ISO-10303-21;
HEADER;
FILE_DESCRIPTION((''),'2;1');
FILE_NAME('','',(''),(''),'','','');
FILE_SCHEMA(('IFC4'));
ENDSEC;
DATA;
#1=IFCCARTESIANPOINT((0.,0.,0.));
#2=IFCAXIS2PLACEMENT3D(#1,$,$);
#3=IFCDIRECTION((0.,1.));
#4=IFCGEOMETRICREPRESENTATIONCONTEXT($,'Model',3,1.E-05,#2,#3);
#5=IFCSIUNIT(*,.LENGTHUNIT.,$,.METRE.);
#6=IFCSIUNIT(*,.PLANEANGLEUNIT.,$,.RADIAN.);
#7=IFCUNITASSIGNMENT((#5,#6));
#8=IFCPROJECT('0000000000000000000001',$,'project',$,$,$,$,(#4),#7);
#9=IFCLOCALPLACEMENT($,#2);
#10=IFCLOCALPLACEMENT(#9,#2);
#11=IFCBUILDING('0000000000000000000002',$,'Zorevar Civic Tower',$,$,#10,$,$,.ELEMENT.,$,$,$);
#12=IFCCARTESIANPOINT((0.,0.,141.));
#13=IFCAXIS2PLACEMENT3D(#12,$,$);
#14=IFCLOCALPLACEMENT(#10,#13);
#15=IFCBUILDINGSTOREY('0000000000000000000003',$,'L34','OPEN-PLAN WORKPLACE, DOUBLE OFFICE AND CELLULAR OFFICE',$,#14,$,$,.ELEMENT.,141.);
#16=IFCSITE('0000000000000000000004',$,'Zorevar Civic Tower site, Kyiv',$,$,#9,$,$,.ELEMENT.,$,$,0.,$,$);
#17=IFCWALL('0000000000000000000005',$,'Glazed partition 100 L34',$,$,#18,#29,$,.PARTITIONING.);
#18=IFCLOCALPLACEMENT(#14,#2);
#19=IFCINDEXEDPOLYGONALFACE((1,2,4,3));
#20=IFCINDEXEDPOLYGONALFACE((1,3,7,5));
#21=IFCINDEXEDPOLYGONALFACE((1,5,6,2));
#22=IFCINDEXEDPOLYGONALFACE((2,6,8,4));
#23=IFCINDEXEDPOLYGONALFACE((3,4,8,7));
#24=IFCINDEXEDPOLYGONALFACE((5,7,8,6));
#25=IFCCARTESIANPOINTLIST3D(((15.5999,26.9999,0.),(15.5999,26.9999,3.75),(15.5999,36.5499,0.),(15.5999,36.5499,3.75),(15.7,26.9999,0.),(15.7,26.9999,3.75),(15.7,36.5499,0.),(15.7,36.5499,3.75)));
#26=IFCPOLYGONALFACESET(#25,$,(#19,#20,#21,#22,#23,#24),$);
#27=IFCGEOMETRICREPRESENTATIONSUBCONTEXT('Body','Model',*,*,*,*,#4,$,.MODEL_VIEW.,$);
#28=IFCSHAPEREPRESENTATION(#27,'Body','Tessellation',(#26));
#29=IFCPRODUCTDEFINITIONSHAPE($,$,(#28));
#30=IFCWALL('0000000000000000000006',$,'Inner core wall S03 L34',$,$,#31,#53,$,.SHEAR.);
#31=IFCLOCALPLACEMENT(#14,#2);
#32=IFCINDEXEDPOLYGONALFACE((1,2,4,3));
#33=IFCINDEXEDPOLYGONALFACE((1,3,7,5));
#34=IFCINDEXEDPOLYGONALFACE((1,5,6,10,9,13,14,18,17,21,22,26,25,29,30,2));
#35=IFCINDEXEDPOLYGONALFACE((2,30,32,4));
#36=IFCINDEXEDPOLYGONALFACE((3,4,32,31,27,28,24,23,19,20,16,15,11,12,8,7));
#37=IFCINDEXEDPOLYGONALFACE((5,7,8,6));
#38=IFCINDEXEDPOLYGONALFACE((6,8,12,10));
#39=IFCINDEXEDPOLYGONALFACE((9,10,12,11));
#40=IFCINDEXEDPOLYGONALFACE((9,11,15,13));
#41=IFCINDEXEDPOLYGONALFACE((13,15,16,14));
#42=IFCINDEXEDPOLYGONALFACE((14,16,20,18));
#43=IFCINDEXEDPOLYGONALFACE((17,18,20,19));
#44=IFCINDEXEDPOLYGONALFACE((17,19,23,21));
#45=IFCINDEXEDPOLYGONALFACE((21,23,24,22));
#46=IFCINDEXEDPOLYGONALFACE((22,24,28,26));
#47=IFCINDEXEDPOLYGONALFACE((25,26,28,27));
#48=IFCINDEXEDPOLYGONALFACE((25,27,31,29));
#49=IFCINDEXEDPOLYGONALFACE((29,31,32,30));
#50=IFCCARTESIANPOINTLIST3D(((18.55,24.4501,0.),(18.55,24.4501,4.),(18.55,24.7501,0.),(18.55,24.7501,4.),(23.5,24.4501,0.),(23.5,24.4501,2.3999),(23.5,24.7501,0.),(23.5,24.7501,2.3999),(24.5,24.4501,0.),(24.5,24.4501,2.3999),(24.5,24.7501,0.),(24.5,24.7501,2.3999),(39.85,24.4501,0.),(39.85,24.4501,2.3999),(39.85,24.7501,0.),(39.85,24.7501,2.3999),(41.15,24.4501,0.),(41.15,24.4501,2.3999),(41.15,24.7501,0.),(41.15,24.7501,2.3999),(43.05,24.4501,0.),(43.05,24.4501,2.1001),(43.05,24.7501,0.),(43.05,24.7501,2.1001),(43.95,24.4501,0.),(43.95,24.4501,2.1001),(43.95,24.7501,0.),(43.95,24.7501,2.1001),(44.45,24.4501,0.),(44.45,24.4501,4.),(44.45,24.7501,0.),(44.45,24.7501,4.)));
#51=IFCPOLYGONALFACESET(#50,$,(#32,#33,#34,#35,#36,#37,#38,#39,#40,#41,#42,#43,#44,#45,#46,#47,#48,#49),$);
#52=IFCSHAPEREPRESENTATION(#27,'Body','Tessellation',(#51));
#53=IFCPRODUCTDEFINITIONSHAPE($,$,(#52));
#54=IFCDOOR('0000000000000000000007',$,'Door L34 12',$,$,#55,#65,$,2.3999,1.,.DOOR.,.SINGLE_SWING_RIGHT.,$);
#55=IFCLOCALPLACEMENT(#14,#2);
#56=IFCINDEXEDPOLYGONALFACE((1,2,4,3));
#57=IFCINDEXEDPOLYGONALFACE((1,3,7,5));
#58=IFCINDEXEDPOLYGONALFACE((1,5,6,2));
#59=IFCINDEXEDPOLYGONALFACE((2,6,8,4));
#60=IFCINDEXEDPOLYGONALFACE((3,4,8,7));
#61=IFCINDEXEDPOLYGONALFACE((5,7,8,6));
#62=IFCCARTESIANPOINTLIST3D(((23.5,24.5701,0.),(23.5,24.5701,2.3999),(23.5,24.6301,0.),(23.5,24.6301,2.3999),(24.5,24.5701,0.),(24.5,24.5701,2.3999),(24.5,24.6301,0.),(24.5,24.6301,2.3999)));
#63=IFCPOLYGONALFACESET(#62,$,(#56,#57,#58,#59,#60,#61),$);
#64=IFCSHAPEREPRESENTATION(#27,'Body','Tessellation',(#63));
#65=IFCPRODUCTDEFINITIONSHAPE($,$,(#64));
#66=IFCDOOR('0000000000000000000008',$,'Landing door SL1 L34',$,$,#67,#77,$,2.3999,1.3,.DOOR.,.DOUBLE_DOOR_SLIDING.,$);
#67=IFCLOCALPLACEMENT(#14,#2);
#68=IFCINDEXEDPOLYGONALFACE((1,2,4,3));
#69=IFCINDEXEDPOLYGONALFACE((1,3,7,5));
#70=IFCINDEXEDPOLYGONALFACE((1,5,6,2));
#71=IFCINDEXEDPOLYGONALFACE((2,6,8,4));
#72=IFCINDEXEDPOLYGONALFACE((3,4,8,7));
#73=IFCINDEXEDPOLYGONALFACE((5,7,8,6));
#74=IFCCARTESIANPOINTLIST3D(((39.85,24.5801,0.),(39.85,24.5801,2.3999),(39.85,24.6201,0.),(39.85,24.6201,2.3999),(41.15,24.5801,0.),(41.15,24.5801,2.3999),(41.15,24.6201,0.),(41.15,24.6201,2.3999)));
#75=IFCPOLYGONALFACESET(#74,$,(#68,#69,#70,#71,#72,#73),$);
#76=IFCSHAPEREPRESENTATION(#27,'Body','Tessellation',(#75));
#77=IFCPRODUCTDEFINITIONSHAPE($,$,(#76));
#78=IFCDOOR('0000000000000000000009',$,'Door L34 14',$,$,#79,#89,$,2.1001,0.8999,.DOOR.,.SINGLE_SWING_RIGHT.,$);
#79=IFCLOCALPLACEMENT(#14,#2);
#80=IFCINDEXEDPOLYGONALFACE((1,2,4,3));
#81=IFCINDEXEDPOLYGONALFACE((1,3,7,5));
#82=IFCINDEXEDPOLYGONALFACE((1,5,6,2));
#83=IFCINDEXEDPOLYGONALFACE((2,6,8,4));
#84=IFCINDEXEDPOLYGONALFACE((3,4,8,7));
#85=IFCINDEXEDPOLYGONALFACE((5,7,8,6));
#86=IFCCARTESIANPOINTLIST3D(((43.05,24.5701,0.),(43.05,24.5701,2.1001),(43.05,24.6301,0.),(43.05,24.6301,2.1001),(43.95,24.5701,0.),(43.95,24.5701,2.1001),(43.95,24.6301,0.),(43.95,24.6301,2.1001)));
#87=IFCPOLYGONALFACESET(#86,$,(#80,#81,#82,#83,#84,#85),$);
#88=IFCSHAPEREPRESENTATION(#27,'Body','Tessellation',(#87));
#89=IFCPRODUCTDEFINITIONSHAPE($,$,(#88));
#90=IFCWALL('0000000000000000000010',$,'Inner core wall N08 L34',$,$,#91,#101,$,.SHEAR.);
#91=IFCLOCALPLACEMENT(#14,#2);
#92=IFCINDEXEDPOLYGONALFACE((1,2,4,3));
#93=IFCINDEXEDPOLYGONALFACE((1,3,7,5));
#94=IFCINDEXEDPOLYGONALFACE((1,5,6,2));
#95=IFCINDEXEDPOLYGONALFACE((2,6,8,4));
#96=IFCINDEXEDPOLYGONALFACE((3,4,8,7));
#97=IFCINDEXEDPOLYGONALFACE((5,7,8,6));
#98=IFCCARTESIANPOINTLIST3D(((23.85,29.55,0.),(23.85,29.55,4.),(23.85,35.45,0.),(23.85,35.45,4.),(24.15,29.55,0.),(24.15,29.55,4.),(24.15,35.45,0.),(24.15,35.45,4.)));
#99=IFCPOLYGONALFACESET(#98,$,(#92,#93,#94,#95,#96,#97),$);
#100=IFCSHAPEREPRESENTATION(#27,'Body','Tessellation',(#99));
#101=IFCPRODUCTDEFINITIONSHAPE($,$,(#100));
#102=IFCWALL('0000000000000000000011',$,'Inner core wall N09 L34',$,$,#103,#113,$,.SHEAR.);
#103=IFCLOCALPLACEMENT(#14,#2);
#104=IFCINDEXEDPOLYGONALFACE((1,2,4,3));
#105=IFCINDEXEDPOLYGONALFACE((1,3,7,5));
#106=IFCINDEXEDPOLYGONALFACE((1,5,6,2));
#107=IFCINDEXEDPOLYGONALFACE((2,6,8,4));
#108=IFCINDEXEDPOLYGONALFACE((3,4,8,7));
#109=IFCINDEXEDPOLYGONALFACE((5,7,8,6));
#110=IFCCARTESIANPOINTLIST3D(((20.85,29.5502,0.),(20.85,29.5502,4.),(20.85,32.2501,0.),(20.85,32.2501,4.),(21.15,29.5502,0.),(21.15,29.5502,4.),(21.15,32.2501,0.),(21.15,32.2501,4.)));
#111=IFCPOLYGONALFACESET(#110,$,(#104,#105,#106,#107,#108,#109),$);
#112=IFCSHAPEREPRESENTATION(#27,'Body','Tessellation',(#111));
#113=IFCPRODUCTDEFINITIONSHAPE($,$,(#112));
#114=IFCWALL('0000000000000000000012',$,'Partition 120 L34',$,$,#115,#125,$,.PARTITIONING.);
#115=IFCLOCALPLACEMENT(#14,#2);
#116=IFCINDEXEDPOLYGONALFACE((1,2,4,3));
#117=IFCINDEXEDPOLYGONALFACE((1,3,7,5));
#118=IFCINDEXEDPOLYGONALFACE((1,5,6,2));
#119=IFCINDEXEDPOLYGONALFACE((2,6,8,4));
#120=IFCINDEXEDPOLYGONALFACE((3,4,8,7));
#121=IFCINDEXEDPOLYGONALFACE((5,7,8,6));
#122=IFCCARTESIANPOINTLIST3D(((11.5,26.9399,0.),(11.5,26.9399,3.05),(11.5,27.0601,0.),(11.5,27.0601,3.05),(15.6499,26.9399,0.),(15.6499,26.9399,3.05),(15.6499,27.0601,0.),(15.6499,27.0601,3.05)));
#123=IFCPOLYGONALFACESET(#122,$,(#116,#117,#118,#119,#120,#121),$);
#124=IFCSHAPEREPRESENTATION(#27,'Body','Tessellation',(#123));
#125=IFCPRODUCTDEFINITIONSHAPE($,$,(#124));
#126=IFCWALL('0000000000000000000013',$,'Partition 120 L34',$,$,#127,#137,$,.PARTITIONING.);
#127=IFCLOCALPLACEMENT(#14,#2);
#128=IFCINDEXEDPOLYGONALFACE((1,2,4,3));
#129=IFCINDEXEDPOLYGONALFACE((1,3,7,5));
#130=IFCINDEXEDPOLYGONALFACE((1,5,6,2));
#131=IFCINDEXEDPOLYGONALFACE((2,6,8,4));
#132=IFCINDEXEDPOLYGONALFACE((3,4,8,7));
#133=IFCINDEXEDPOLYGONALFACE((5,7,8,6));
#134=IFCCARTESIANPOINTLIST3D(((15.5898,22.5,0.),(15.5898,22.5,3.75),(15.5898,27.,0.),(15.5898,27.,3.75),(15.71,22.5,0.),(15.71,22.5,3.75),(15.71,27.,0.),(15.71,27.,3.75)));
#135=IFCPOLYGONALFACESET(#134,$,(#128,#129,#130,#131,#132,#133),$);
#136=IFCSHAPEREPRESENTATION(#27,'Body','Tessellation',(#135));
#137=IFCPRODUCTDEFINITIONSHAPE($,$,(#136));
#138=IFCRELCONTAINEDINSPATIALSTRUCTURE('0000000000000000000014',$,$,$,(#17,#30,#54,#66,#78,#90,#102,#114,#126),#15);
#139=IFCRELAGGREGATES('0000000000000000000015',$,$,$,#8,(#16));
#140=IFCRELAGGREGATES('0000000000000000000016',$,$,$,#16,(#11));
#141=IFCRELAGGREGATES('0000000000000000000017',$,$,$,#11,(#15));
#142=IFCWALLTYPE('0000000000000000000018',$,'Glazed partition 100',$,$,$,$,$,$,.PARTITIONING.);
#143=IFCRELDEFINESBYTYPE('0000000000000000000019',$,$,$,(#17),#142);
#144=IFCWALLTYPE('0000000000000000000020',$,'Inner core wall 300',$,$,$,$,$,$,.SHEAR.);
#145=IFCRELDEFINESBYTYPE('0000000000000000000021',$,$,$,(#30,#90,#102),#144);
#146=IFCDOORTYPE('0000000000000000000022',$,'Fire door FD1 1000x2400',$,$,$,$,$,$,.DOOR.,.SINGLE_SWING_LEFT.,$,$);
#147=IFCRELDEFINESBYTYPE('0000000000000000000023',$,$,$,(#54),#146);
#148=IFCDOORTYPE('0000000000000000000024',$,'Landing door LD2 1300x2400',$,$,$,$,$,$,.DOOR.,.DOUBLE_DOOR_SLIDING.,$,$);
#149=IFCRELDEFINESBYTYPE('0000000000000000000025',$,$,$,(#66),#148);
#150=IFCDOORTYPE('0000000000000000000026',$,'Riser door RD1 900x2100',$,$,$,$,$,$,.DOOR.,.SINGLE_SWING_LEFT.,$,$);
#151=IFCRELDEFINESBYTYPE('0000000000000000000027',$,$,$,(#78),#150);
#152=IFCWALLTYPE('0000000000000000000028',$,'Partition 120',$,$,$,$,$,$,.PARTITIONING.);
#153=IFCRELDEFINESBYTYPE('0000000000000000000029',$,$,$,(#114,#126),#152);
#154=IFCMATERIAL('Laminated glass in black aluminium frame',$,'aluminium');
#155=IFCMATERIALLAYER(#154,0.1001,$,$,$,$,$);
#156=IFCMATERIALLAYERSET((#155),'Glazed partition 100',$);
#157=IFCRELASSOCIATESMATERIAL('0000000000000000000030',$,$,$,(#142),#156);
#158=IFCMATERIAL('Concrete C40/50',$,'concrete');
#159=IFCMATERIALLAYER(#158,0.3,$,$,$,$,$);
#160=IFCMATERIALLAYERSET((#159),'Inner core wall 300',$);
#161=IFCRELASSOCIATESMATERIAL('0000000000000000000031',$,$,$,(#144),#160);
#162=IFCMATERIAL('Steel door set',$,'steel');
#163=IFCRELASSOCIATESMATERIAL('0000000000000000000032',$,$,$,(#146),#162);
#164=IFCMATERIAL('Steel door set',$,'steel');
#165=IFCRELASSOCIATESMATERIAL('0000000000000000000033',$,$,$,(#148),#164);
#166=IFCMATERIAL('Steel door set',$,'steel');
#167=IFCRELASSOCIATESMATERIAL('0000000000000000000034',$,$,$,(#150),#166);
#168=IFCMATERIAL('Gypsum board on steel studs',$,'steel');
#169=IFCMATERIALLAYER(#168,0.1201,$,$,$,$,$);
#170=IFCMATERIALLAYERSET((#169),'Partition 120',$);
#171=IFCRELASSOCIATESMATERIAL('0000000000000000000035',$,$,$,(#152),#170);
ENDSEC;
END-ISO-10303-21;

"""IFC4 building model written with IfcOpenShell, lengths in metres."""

from ifc_helpers import new_model, si_unit, direction, frame, frame_2d, origin, place, context, subcontext, project, spatial, rectangle, extrude, material, layer, layer_set, type_object, element, fill, save


model = new_model("IFC4")

# Units and contexts
model_context = context("Model", 3, precision=1e-05, world=origin(), true_north=direction((0.0, 1.0)))
body_context = subcontext(model_context, "Body", "Model", "MODEL_VIEW")
ifc_project = project(units=[si_unit("LENGTHUNIT", "METRE"), si_unit("PLANEANGLEUNIT", "RADIAN")], contexts=[model_context])

# Site, building, storey
site_placement = place(None, origin())
site = spatial("IfcSite", under=ifc_project, at=site_placement, Name="Zorevar Civic Tower site, Kyiv", CompositionType="ELEMENT", RefElevation=0.0)
building_placement = place(site_placement, origin())
building = spatial("IfcBuilding", under=site, at=building_placement, Name="Zorevar Civic Tower", CompositionType="ELEMENT")
storey_placement = place(building_placement, frame((0.0, 0.0, 141.0)))
storey = spatial("IfcBuildingStorey", under=building, at=storey_placement, Name="L34", Description="OPEN-PLAN WORKPLACE, DOUBLE OFFICE AND CELLULAR OFFICE", CompositionType="ELEMENT", Elevation=141.0)

# Wall
ifc_material_1 = material(Name="Laminated glass in black aluminium frame", Category="aluminium")
ifc_layer_1 = layer(ifc_material_1, 0.1001)
ifc_layer_set_1 = layer_set([ifc_layer_1], Name="Glazed partition 100")
wall_type_1 = type_object("IfcWallType", Name="Glazed partition 100", PredefinedType="PARTITIONING", material=ifc_layer_set_1)
wall_1_placement = place(storey_placement, frame((15.6499, 27.0, 0.0), z_axis=(0.0, 0.0, 1.0), x_axis=(0.0, 1.0, 0.0)))
element("IfcWall", 1, at=wall_1_placement, inside=storey, type_object=wall_type_1, Name="Glazed partition 100 L34", PredefinedType="PARTITIONING", context=body_context, shape_type="SweptSolid", body=[
    extrude(rectangle(XDim=9.55, YDim=0.1001, at=frame_2d((4.7749, 0.0))), origin(), (0.0, 0.0, 1.0), 3.75),
])

# Wall, openings, doors
ifc_material_2 = material(Name="Concrete C40/50", Category="concrete")
ifc_layer_2 = layer(ifc_material_2, 0.3)
ifc_layer_set_2 = layer_set([ifc_layer_2], Name="Inner core wall 300")
wall_type_2 = type_object("IfcWallType", Name="Inner core wall 300", PredefinedType="SHEAR", material=ifc_layer_set_2)
wall_2_placement = place(storey_placement, frame((18.55, 24.6001, 0.0), z_axis=(0.0, 0.0, 1.0), x_axis=(1.0, 0.0, 0.0)))
wall_2 = element("IfcWall", 2, at=wall_2_placement, inside=storey, type_object=wall_type_2, Name="Inner core wall S03 L34", PredefinedType="SHEAR", context=body_context, shape_type="SweptSolid", body=[
    extrude(rectangle(XDim=25.8999, YDim=0.3, at=frame_2d((12.95, 0.0))), origin(), (0.0, 0.0, 1.0), 4.0),
])
opening_1_placement = place(wall_2_placement, frame((4.95, 0.0, 0.0)))
opening_1 = element("IfcOpeningElement", 3, at=opening_1_placement, cuts=wall_2, PredefinedType="OPENING", context=body_context, shape_type="SweptSolid", body=[
    extrude(rectangle(XDim=1.0, YDim=2.3999, at=frame_2d((0.5, 1.2))), frame((0.0, 0.1599, 0.0), z_axis=(0.0, -1.0, 0.0), x_axis=(1.0, 0.0, 0.0)), (0.0, 0.0, 1.0), 0.3201),
])
opening_2_placement = place(wall_2_placement, frame((24.5, 0.0, 0.0)))
opening_2 = element("IfcOpeningElement", 4, at=opening_2_placement, cuts=wall_2, PredefinedType="OPENING", context=body_context, shape_type="SweptSolid", body=[
    extrude(rectangle(XDim=0.8999, YDim=2.1001, at=frame_2d((0.45, 1.05))), frame((0.0, 0.1599, 0.0), z_axis=(0.0, -1.0, 0.0), x_axis=(1.0, 0.0, 0.0)), (0.0, 0.0, 1.0), 0.3201),
])
opening_3_placement = place(wall_2_placement, frame((21.3, 0.0, 0.0)))
opening_3 = element("IfcOpeningElement", 5, at=opening_3_placement, cuts=wall_2, PredefinedType="OPENING", context=body_context, shape_type="SweptSolid", body=[
    extrude(rectangle(XDim=1.3, YDim=2.3999, at=frame_2d((0.6499, 1.2))), frame((0.0, 0.1599, 0.0), z_axis=(0.0, -1.0, 0.0), x_axis=(1.0, 0.0, 0.0)), (0.0, 0.0, 1.0), 0.3201),
])
ifc_material_3 = material(Name="Steel door set", Category="steel")
door_type_1 = type_object("IfcDoorType", Name="Fire door FD1 1000x2400", OperationType="SINGLE_SWING_LEFT", PredefinedType="DOOR", material=ifc_material_3)
door_1_placement = place(opening_1_placement, origin())
door_1 = element("IfcDoor", 6, at=door_1_placement, inside=storey, type_object=door_type_1, Name="Door L34 12", OperationType="SINGLE_SWING_RIGHT", OverallHeight=2.3999, OverallWidth=1.0, PredefinedType="DOOR", context=body_context, shape_type="SweptSolid", body=[
    extrude(rectangle(XDim=1.0, YDim=2.3999, at=frame_2d((0.5, 1.2))), frame((0.0, 0.03, 0.0), z_axis=(0.0, -1.0, 0.0), x_axis=(1.0, 0.0, 0.0)), (0.0, 0.0, 1.0), 0.0601),
])
fill(opening_1, door_1)
ifc_material_4 = material(Name="Steel door set", Category="steel")
door_type_2 = type_object("IfcDoorType", Name="Landing door LD2 1300x2400", OperationType="DOUBLE_DOOR_SLIDING", PredefinedType="DOOR", material=ifc_material_4)
door_2_placement = place(opening_3_placement, origin())
door_2 = element("IfcDoor", 7, at=door_2_placement, inside=storey, type_object=door_type_2, Name="Landing door SL1 L34", OperationType="DOUBLE_DOOR_SLIDING", OverallHeight=2.3999, OverallWidth=1.3, PredefinedType="DOOR", context=body_context, shape_type="SweptSolid", body=[
    extrude(rectangle(XDim=1.3, YDim=2.3999, at=frame_2d((0.6499, 1.2))), frame((0.0, 0.02, 0.0), z_axis=(0.0, -1.0, 0.0), x_axis=(1.0, 0.0, 0.0)), (0.0, 0.0, 1.0), 0.04),
])
fill(opening_3, door_2)
ifc_material_5 = material(Name="Steel door set", Category="steel")
door_type_3 = type_object("IfcDoorType", Name="Riser door RD1 900x2100", OperationType="SINGLE_SWING_LEFT", PredefinedType="DOOR", material=ifc_material_5)
door_3_placement = place(opening_2_placement, origin())
door_3 = element("IfcDoor", 8, at=door_3_placement, inside=storey, type_object=door_type_3, Name="Door L34 14", OperationType="SINGLE_SWING_RIGHT", OverallHeight=2.1001, OverallWidth=0.8999, PredefinedType="DOOR", context=body_context, shape_type="SweptSolid", body=[
    extrude(rectangle(XDim=0.8999, YDim=2.1001, at=frame_2d((0.45, 1.05))), frame((0.0, 0.03, 0.0), z_axis=(0.0, -1.0, 0.0), x_axis=(1.0, 0.0, 0.0)), (0.0, 0.0, 1.0), 0.0601),
])
fill(opening_2, door_3)

# Walls
wall_3_placement = place(storey_placement, frame((24.0, 29.55, 0.0), z_axis=(0.0, 0.0, 1.0), x_axis=(0.0, 1.0, 0.0)))
element("IfcWall", 9, at=wall_3_placement, inside=storey, type_object=wall_type_2, Name="Inner core wall N08 L34", PredefinedType="SHEAR", context=body_context, shape_type="SweptSolid", body=[
    extrude(rectangle(XDim=5.8999, YDim=0.3, at=frame_2d((2.95, 0.0))), origin(), (0.0, 0.0, 1.0), 4.0),
])
wall_4_placement = place(storey_placement, frame((21.0, 29.55, 0.0), z_axis=(0.0, 0.0, 1.0), x_axis=(0.0, 1.0, 0.0)))
element("IfcWall", 10, at=wall_4_placement, inside=storey, type_object=wall_type_2, Name="Inner core wall N09 L34", PredefinedType="SHEAR", context=body_context, shape_type="SweptSolid", body=[
    extrude(rectangle(XDim=2.7, YDim=0.3, at=frame_2d((1.3501, 0.0))), origin(), (0.0, 0.0, 1.0), 4.0),
])
ifc_material_6 = material(Name="Gypsum board on steel studs", Category="steel")
ifc_layer_3 = layer(ifc_material_6, 0.1201)
ifc_layer_set_3 = layer_set([ifc_layer_3], Name="Partition 120")
wall_type_3 = type_object("IfcWallType", Name="Partition 120", PredefinedType="PARTITIONING", material=ifc_layer_set_3)
wall_5_placement = place(storey_placement, frame((11.5, 27.0, 0.0), z_axis=(0.0, 0.0, 1.0), x_axis=(1.0, 0.0, 0.0)))
element("IfcWall", 11, at=wall_5_placement, inside=storey, type_object=wall_type_3, Name="Partition 120 L34", PredefinedType="PARTITIONING", context=body_context, shape_type="SweptSolid", body=[
    extrude(rectangle(XDim=4.1499, YDim=0.1201, at=frame_2d((2.075, 0.0))), origin(), (0.0, 0.0, 1.0), 3.05),
])
wall_6_placement = place(storey_placement, frame((15.6499, 22.5, 0.0), z_axis=(0.0, 0.0, 1.0), x_axis=(0.0, 1.0, 0.0)))
element("IfcWall", 12, at=wall_6_placement, inside=storey, type_object=wall_type_3, Name="Partition 120 L34", PredefinedType="PARTITIONING", context=body_context, shape_type="SweptSolid", body=[
    extrude(rectangle(XDim=4.5, YDim=0.1201, at=frame_2d((2.25, 0.0))), origin(), (0.0, 0.0, 1.0), 3.75),
])

save(model, "model.ifc")
